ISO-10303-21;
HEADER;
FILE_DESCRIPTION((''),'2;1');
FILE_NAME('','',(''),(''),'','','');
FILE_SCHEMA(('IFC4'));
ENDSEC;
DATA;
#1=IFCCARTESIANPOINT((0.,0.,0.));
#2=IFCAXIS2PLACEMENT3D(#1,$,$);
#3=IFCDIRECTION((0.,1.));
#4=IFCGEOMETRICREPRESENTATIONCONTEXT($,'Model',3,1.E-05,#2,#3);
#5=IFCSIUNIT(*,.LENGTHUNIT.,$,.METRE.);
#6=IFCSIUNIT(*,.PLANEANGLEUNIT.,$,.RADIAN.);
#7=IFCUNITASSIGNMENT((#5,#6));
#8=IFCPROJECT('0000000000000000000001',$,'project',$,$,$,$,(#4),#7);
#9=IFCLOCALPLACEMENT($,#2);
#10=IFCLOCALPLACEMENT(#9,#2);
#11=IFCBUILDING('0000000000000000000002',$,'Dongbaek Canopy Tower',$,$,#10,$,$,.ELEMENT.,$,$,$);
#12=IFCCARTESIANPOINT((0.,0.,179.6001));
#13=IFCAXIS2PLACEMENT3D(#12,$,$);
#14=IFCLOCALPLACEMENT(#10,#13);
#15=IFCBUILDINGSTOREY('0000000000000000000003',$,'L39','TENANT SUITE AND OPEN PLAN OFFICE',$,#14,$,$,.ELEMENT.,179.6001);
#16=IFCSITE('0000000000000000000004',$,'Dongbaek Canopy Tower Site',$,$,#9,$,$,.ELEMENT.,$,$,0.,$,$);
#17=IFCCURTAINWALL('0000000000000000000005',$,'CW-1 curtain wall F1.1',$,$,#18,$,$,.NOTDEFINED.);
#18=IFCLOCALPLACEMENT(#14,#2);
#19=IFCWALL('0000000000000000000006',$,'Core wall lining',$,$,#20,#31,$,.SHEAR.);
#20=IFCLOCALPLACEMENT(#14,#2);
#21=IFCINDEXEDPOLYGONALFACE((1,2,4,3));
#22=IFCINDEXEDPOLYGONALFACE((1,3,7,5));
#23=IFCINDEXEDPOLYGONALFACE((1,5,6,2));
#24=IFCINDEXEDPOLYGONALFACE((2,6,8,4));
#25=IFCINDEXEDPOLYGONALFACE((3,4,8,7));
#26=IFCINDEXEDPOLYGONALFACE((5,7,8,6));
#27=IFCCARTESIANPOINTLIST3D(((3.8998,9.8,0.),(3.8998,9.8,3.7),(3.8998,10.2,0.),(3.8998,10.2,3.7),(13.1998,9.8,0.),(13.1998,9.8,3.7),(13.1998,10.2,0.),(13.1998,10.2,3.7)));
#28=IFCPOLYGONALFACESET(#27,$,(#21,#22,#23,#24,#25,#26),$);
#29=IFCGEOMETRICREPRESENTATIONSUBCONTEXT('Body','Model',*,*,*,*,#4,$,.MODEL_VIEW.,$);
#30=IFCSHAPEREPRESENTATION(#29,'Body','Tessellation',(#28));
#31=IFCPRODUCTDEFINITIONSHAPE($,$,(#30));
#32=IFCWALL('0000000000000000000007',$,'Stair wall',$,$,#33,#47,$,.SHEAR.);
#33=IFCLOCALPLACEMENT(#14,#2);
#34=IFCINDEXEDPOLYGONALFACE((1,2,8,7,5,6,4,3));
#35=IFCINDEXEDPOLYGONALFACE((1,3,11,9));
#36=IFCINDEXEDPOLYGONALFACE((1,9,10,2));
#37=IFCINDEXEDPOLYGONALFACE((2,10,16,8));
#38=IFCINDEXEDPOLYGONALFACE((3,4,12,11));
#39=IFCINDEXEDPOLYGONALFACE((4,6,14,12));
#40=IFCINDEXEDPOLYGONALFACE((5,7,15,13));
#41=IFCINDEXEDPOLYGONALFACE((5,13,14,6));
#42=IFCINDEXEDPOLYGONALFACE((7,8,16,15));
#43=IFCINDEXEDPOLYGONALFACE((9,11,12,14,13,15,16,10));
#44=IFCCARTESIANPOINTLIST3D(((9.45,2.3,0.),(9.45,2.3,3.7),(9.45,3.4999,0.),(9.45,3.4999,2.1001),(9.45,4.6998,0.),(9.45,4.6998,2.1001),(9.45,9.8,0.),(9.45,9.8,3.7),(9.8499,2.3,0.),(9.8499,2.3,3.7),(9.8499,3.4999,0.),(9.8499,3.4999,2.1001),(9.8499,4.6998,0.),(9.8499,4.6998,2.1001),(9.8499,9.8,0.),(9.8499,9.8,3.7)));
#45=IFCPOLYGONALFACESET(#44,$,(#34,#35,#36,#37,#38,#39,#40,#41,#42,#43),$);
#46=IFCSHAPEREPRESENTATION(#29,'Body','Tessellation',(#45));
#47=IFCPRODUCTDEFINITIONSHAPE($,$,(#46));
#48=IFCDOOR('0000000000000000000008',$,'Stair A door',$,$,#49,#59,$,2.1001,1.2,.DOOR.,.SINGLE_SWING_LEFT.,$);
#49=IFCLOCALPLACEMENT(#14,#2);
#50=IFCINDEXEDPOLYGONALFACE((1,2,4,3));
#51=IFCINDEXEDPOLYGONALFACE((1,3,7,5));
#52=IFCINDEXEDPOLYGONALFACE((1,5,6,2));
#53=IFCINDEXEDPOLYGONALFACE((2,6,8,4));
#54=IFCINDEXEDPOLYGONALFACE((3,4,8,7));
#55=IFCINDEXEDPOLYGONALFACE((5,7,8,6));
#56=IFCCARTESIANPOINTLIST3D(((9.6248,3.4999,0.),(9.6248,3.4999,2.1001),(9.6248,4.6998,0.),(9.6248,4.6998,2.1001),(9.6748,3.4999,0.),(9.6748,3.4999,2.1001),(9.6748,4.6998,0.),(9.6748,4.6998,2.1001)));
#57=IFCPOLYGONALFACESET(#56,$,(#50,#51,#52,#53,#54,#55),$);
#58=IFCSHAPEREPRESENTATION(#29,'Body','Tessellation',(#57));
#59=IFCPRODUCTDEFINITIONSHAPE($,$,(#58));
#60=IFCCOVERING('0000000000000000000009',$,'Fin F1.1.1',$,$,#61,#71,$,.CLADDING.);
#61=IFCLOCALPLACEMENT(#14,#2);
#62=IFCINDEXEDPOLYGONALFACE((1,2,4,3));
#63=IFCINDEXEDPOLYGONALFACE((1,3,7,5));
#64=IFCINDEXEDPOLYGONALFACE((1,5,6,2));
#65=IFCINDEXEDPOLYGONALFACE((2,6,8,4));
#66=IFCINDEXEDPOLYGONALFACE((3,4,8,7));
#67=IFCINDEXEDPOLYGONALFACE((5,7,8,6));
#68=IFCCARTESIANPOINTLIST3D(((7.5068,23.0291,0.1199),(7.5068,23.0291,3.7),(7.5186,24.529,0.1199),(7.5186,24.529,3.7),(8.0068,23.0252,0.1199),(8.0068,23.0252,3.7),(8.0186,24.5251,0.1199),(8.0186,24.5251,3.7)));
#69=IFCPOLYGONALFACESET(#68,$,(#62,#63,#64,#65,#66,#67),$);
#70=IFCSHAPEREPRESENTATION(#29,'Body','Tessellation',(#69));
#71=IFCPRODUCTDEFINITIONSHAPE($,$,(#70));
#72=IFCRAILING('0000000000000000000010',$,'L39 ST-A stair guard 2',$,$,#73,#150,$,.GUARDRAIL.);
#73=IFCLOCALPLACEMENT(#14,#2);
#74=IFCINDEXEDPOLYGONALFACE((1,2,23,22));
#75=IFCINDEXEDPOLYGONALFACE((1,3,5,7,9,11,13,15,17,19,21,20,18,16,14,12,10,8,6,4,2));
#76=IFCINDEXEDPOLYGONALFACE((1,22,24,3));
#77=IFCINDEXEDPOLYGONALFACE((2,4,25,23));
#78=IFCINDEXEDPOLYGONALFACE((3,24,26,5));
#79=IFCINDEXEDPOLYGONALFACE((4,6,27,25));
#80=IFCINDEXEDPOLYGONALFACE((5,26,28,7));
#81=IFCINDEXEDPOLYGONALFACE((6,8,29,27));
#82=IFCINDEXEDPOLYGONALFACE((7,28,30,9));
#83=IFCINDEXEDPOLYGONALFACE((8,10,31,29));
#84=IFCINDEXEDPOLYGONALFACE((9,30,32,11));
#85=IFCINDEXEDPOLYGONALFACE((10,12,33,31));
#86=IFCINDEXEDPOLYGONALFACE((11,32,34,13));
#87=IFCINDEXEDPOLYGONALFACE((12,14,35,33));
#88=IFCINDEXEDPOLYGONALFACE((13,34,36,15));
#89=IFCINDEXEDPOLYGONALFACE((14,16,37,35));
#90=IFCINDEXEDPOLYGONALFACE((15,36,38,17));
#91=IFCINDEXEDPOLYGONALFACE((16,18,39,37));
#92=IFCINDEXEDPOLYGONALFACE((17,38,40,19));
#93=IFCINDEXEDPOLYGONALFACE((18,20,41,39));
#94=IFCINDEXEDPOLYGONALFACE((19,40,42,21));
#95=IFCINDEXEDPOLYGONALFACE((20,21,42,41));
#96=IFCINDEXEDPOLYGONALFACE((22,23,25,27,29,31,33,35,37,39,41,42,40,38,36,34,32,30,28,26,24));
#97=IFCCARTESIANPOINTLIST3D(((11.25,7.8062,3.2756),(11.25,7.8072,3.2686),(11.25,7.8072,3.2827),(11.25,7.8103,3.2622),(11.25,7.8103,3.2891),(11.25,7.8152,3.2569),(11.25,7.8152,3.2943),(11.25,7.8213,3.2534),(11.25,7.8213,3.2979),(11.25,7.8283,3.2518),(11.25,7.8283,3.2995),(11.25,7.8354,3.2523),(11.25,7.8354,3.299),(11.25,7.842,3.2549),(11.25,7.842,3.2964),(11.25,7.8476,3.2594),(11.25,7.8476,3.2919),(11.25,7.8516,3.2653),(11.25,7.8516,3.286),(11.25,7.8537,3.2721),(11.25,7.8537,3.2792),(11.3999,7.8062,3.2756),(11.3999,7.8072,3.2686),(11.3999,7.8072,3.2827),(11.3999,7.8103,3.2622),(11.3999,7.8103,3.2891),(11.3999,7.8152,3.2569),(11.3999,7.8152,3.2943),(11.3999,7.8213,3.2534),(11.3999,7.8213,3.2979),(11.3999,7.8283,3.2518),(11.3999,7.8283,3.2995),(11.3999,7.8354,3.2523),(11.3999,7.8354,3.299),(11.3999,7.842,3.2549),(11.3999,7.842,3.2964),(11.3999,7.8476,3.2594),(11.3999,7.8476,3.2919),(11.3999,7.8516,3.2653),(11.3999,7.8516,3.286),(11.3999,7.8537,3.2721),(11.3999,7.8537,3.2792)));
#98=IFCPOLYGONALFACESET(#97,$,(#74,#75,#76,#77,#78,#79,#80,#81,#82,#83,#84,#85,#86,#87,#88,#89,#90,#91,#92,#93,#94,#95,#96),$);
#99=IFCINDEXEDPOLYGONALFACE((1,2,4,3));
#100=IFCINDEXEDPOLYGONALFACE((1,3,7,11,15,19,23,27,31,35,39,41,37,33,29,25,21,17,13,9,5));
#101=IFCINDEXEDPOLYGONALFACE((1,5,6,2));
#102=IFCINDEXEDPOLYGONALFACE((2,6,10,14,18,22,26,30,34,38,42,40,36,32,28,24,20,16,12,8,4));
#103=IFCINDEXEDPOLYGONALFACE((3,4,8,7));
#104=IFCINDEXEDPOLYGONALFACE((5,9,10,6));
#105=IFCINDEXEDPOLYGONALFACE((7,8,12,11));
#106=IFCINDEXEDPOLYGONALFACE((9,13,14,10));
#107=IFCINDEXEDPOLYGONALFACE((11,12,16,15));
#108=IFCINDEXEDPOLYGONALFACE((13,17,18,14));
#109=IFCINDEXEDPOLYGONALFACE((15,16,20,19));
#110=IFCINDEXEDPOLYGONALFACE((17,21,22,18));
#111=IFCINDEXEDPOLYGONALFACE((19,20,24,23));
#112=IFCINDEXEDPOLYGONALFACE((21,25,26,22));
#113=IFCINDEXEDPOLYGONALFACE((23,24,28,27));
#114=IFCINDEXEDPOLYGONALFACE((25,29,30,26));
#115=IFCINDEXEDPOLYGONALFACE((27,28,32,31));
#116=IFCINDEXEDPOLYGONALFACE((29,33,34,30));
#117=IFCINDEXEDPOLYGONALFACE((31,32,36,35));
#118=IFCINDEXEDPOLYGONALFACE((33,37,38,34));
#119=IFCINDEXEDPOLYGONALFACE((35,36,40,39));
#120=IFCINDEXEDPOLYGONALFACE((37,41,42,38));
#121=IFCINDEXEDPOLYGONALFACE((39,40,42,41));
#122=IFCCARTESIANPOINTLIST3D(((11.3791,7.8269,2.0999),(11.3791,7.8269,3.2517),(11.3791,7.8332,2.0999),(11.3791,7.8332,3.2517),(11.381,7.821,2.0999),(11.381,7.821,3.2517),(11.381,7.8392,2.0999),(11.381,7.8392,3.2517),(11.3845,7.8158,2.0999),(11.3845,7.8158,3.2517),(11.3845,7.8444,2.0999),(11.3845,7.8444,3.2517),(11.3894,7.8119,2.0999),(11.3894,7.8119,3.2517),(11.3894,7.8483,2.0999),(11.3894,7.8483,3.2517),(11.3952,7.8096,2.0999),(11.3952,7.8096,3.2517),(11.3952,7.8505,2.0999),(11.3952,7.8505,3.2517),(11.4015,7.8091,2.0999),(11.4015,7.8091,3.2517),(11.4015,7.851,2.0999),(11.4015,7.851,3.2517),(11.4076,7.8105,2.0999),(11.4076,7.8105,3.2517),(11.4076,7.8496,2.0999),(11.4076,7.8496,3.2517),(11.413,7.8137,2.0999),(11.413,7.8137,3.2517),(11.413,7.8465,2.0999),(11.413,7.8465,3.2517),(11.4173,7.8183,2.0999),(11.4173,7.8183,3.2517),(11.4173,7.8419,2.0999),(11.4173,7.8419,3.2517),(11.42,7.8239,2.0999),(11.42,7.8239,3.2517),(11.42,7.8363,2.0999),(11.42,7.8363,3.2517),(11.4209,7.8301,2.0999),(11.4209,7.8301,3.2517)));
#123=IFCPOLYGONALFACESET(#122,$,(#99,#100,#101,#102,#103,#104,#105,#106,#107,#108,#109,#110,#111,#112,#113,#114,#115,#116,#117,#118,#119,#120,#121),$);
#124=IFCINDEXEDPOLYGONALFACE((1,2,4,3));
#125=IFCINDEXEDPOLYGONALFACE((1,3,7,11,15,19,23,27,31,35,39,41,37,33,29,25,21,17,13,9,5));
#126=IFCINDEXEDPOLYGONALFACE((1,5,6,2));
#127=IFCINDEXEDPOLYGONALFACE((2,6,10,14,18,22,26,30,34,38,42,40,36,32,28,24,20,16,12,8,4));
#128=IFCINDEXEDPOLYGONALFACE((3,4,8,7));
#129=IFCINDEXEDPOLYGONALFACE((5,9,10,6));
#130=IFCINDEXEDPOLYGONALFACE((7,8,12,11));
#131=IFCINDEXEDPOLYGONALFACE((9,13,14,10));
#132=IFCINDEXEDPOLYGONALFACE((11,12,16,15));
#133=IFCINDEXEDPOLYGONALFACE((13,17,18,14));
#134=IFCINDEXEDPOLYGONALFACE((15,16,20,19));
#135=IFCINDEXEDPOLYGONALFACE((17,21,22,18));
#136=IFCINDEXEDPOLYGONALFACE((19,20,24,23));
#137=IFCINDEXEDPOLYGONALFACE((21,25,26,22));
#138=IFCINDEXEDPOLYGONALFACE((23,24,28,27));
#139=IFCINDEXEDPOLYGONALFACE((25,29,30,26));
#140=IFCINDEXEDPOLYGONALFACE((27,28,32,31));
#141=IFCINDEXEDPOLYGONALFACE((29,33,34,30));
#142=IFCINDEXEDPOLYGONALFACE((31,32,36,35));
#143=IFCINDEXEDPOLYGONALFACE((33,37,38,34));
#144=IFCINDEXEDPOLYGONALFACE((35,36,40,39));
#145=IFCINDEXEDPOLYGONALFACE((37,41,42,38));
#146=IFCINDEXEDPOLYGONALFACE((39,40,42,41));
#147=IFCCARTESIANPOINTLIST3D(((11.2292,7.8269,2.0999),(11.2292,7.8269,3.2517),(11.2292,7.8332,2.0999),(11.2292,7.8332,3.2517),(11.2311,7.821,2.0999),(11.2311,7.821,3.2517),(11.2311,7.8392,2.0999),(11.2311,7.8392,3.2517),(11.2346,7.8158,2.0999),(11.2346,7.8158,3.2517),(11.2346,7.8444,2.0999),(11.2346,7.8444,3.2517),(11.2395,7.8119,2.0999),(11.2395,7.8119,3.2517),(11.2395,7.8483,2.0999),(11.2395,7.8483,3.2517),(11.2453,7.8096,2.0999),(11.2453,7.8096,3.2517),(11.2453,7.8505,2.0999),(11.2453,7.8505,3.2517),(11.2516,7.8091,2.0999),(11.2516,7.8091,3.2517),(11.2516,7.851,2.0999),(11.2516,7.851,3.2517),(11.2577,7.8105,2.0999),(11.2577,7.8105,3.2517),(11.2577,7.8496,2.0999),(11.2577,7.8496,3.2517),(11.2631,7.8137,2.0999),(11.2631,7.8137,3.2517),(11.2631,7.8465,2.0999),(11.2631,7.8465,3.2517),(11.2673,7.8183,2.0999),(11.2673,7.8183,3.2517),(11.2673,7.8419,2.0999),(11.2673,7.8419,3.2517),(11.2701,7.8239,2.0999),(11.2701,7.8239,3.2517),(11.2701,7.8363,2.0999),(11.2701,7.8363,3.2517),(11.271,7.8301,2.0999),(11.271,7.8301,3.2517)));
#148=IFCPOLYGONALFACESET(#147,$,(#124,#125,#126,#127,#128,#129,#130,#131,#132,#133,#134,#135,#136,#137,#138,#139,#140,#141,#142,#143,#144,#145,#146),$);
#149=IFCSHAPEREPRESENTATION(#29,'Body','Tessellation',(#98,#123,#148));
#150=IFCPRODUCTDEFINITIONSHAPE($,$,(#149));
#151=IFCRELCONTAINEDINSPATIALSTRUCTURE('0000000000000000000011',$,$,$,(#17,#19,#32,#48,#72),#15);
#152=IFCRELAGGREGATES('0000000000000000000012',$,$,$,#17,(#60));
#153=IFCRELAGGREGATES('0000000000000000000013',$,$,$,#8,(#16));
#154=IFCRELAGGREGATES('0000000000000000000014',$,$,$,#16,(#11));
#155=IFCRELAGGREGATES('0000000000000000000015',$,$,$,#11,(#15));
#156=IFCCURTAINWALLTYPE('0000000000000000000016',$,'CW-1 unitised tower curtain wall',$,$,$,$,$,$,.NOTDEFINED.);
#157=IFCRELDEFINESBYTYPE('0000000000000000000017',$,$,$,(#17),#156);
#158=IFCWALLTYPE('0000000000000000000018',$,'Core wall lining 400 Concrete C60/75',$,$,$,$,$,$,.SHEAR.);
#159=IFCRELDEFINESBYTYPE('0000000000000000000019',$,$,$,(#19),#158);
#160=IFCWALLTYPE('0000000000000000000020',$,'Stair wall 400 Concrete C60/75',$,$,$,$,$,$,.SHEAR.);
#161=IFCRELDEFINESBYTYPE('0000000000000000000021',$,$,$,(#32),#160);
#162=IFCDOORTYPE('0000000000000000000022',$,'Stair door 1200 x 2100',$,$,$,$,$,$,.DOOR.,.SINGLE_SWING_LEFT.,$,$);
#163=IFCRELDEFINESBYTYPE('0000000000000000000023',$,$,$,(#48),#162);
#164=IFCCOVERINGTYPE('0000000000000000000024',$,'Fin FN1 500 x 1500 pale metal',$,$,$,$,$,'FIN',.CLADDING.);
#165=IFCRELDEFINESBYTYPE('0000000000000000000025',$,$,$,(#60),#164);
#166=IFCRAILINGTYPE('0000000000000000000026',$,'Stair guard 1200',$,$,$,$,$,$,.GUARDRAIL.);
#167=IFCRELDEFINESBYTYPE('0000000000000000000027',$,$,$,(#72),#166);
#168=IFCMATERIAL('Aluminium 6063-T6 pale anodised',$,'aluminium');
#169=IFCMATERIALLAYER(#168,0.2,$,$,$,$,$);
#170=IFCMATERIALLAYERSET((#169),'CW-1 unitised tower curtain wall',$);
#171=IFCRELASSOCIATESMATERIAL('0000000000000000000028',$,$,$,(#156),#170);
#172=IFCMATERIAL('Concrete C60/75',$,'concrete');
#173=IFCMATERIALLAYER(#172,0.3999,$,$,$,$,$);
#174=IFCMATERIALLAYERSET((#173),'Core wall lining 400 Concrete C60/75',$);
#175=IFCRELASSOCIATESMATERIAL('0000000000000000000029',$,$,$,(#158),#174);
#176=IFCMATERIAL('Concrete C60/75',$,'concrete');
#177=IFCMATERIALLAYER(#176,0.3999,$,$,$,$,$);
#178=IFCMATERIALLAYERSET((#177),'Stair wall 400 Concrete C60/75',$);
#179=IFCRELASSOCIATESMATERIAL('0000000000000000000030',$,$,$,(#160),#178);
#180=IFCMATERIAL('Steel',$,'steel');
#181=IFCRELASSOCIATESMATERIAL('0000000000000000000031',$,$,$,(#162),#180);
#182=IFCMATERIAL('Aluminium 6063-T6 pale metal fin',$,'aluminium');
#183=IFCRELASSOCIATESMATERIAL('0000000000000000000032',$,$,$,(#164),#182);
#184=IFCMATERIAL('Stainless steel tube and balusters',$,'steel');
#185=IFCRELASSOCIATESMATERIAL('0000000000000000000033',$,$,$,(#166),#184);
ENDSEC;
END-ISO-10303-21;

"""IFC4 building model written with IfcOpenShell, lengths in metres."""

from ifc_helpers import new_model, si_unit, direction, frame, frame_2d, origin, origin_2d, place, context, subcontext, project, spatial, rectangle, circle, extrude, material, layer, layer_set, material_profile, profile_set, type_object, element, fill, aggregate, save


model = new_model("IFC4")

# Units and contexts
model_context = context("Model", 3, precision=1e-05, world=origin(), true_north=direction((0.0, 1.0)))
body_context = subcontext(model_context, "Body", "Model", "MODEL_VIEW")
ifc_project = project(units=[si_unit("LENGTHUNIT", "METRE"), si_unit("PLANEANGLEUNIT", "RADIAN")], contexts=[model_context])

# Site, building, storey
site_placement = place(None, origin())
site = spatial("IfcSite", under=ifc_project, at=site_placement, Name="Dongbaek Canopy Tower Site", CompositionType="ELEMENT", RefElevation=0.0)
building_placement = place(site_placement, origin())
building = spatial("IfcBuilding", under=site, at=building_placement, Name="Dongbaek Canopy Tower", CompositionType="ELEMENT")
storey_placement = place(building_placement, frame((0.0, 0.0, 179.6001)))
storey = spatial("IfcBuildingStorey", under=building, at=storey_placement, Name="L39", Description="TENANT SUITE AND OPEN PLAN OFFICE", CompositionType="ELEMENT", Elevation=179.6001)

# Shared definitions
ifc_material_1 = material(Name="Aluminium 6063-T6 pale anodised", Category="aluminium")
ifc_layer_1 = layer(ifc_material_1, 0.2)
ifc_layer_set_1 = layer_set([ifc_layer_1], Name="CW-1 unitised tower curtain wall")
curtain_wall_type = type_object("IfcCurtainWallType", Name="CW-1 unitised tower curtain wall", PredefinedType="NOTDEFINED", material=ifc_layer_set_1)

# Curtain wall
curtain_wall_1_placement = place(storey_placement, origin())
curtain_wall_1 = element("IfcCurtainWall", 1, at=curtain_wall_1_placement, inside=storey, type_object=curtain_wall_type, Name="CW-1 curtain wall F1.1", PredefinedType="NOTDEFINED")

# Wall
ifc_material_2 = material(Name="Concrete C60/75", Category="concrete")
ifc_layer_2 = layer(ifc_material_2, 0.3999)
ifc_layer_set_2 = layer_set([ifc_layer_2], Name="Core wall lining 400 Concrete C60/75")
wall_type_1 = type_object("IfcWallType", Name="Core wall lining 400 Concrete C60/75", PredefinedType="SHEAR", material=ifc_layer_set_2)
wall_1_placement = place(storey_placement, frame((3.8999, 10.0, 0.0), z_axis=(0.0, 0.0, 1.0), x_axis=(1.0, 0.0, 0.0)))
element("IfcWall", 2, at=wall_1_placement, inside=storey, type_object=wall_type_1, Name="Core wall lining", PredefinedType="SHEAR", context=body_context, shape_type="SweptSolid", body=[
    extrude(rectangle(XDim=9.3, YDim=0.3999, at=frame_2d((4.6499, 0.0))), origin(), (0.0, 0.0, 1.0), 3.7),
])

# Wall, opening, door
ifc_material_3 = material(Name="Concrete C60/75", Category="concrete")
ifc_layer_3 = layer(ifc_material_3, 0.3999)
ifc_layer_set_3 = layer_set([ifc_layer_3], Name="Stair wall 400 Concrete C60/75")
wall_type_2 = type_object("IfcWallType", Name="Stair wall 400 Concrete C60/75", PredefinedType="SHEAR", material=ifc_layer_set_3)
wall_2_placement = place(storey_placement, frame((9.6499, 9.8, 0.0), z_axis=(0.0, 0.0, 1.0), x_axis=(0.0, -1.0, 0.0)))
wall_2 = element("IfcWall", 3, at=wall_2_placement, inside=storey, type_object=wall_type_2, Name="Stair wall", PredefinedType="SHEAR", context=body_context, shape_type="SweptSolid", body=[
    extrude(rectangle(XDim=7.5, YDim=0.3999, at=frame_2d((3.75, 0.0))), origin(), (0.0, 0.0, 1.0), 3.7),
])
opening_placement = place(wall_2_placement, frame((5.1001, 0.0, 0.0)))
opening = element("IfcOpeningElement", 4, at=opening_placement, cuts=wall_2, PredefinedType="OPENING", context=body_context, shape_type="SweptSolid", body=[
    extrude(rectangle(XDim=1.2, YDim=2.1001, at=frame_2d((0.6001, 1.05))), frame((0.0, 0.21, 0.0), z_axis=(0.0, -1.0, 0.0), x_axis=(1.0, 0.0, 0.0)), (0.0, 0.0, 1.0), 0.4199),
])
ifc_material_4 = material(Name="Steel", Category="steel")
door_type = type_object("IfcDoorType", Name="Stair door 1200 x 2100", OperationType="SINGLE_SWING_LEFT", PredefinedType="DOOR", material=ifc_material_4)
door_placement = place(opening_placement, origin())
door = element("IfcDoor", 5, at=door_placement, inside=storey, type_object=door_type, Name="Stair A door", OperationType="SINGLE_SWING_LEFT", OverallHeight=2.1001, OverallWidth=1.2, PredefinedType="DOOR", context=body_context, shape_type="SweptSolid", body=[
    extrude(rectangle(XDim=1.2, YDim=2.1001, at=frame_2d((0.6001, 1.05))), frame((0.0, 0.0249, 0.0), z_axis=(0.0, -1.0, 0.0), x_axis=(1.0, 0.0, 0.0)), (0.0, 0.0, 1.0), 0.05),
])
fill(opening, door)

# Covering
ifc_material_5 = material(Name="Aluminium 6063-T6 pale metal fin", Category="aluminium")
ifc_material_profile_1 = material_profile(ifc_material_5, rectangle(XDim=1.5, YDim=0.5, at=origin_2d()), Name="Fin FN1 500 x 1500 pale metal")
ifc_profile_set_1 = profile_set([ifc_material_profile_1], Name="Aluminium 6063-T6 pale metal fin")
covering_type = type_object("IfcCoveringType", Name="Fin FN1 500 x 1500 pale metal", ElementType="FIN", PredefinedType="CLADDING", material=ifc_profile_set_1)
covering_placement = place(storey_placement, frame((7.7627, 23.7771, 0.1199), z_axis=(0.0, 0.0, 1.0), x_axis=(0.007847, 0.999969, 0.0)))
covering = element("IfcCovering", 6, at=covering_placement, type_object=covering_type, Name="Fin F1.1.1", PredefinedType="CLADDING", context=body_context, shape_type="SweptSolid", body=[
    extrude(rectangle(XDim=1.5, YDim=0.5, at=origin_2d()), origin(), (0.0, 0.0, 1.0), 3.5801),
])
aggregate(curtain_wall_1, [covering])

# Railing
ifc_material_6 = material(Name="Stainless steel tube and balusters", Category="steel")
railing_type = type_object("IfcRailingType", Name="Stair guard 1200", PredefinedType="GUARDRAIL", material=ifc_material_6)
railing_1_placement = place(storey_placement, frame((11.3999, 7.8301, 2.0999)))
element("IfcRailing", 7, at=railing_1_placement, inside=storey, type_object=railing_type, Name="L39 ST-A stair guard 2", PredefinedType="GUARDRAIL", context=body_context, shape_type="SweptSolid", body=[
    extrude(circle(Radius=0.0239, at=origin_2d()), frame((0.0, 0.0, 1.1758), z_axis=(-1.0, 0.0, 0.0), x_axis=(0.0, -1.0, 0.0)), (0.0, 0.0, 1.0), 0.1499),
    extrude(circle(Radius=0.021, at=origin_2d()), origin(), (0.0, 0.0, 1.0), 1.1519),
    extrude(circle(Radius=0.021, at=origin_2d()), frame((-0.1499, 0.0, 0.0)), (0.0, 0.0, 1.0), 1.1519),
])

save(model, "model.ifc")
